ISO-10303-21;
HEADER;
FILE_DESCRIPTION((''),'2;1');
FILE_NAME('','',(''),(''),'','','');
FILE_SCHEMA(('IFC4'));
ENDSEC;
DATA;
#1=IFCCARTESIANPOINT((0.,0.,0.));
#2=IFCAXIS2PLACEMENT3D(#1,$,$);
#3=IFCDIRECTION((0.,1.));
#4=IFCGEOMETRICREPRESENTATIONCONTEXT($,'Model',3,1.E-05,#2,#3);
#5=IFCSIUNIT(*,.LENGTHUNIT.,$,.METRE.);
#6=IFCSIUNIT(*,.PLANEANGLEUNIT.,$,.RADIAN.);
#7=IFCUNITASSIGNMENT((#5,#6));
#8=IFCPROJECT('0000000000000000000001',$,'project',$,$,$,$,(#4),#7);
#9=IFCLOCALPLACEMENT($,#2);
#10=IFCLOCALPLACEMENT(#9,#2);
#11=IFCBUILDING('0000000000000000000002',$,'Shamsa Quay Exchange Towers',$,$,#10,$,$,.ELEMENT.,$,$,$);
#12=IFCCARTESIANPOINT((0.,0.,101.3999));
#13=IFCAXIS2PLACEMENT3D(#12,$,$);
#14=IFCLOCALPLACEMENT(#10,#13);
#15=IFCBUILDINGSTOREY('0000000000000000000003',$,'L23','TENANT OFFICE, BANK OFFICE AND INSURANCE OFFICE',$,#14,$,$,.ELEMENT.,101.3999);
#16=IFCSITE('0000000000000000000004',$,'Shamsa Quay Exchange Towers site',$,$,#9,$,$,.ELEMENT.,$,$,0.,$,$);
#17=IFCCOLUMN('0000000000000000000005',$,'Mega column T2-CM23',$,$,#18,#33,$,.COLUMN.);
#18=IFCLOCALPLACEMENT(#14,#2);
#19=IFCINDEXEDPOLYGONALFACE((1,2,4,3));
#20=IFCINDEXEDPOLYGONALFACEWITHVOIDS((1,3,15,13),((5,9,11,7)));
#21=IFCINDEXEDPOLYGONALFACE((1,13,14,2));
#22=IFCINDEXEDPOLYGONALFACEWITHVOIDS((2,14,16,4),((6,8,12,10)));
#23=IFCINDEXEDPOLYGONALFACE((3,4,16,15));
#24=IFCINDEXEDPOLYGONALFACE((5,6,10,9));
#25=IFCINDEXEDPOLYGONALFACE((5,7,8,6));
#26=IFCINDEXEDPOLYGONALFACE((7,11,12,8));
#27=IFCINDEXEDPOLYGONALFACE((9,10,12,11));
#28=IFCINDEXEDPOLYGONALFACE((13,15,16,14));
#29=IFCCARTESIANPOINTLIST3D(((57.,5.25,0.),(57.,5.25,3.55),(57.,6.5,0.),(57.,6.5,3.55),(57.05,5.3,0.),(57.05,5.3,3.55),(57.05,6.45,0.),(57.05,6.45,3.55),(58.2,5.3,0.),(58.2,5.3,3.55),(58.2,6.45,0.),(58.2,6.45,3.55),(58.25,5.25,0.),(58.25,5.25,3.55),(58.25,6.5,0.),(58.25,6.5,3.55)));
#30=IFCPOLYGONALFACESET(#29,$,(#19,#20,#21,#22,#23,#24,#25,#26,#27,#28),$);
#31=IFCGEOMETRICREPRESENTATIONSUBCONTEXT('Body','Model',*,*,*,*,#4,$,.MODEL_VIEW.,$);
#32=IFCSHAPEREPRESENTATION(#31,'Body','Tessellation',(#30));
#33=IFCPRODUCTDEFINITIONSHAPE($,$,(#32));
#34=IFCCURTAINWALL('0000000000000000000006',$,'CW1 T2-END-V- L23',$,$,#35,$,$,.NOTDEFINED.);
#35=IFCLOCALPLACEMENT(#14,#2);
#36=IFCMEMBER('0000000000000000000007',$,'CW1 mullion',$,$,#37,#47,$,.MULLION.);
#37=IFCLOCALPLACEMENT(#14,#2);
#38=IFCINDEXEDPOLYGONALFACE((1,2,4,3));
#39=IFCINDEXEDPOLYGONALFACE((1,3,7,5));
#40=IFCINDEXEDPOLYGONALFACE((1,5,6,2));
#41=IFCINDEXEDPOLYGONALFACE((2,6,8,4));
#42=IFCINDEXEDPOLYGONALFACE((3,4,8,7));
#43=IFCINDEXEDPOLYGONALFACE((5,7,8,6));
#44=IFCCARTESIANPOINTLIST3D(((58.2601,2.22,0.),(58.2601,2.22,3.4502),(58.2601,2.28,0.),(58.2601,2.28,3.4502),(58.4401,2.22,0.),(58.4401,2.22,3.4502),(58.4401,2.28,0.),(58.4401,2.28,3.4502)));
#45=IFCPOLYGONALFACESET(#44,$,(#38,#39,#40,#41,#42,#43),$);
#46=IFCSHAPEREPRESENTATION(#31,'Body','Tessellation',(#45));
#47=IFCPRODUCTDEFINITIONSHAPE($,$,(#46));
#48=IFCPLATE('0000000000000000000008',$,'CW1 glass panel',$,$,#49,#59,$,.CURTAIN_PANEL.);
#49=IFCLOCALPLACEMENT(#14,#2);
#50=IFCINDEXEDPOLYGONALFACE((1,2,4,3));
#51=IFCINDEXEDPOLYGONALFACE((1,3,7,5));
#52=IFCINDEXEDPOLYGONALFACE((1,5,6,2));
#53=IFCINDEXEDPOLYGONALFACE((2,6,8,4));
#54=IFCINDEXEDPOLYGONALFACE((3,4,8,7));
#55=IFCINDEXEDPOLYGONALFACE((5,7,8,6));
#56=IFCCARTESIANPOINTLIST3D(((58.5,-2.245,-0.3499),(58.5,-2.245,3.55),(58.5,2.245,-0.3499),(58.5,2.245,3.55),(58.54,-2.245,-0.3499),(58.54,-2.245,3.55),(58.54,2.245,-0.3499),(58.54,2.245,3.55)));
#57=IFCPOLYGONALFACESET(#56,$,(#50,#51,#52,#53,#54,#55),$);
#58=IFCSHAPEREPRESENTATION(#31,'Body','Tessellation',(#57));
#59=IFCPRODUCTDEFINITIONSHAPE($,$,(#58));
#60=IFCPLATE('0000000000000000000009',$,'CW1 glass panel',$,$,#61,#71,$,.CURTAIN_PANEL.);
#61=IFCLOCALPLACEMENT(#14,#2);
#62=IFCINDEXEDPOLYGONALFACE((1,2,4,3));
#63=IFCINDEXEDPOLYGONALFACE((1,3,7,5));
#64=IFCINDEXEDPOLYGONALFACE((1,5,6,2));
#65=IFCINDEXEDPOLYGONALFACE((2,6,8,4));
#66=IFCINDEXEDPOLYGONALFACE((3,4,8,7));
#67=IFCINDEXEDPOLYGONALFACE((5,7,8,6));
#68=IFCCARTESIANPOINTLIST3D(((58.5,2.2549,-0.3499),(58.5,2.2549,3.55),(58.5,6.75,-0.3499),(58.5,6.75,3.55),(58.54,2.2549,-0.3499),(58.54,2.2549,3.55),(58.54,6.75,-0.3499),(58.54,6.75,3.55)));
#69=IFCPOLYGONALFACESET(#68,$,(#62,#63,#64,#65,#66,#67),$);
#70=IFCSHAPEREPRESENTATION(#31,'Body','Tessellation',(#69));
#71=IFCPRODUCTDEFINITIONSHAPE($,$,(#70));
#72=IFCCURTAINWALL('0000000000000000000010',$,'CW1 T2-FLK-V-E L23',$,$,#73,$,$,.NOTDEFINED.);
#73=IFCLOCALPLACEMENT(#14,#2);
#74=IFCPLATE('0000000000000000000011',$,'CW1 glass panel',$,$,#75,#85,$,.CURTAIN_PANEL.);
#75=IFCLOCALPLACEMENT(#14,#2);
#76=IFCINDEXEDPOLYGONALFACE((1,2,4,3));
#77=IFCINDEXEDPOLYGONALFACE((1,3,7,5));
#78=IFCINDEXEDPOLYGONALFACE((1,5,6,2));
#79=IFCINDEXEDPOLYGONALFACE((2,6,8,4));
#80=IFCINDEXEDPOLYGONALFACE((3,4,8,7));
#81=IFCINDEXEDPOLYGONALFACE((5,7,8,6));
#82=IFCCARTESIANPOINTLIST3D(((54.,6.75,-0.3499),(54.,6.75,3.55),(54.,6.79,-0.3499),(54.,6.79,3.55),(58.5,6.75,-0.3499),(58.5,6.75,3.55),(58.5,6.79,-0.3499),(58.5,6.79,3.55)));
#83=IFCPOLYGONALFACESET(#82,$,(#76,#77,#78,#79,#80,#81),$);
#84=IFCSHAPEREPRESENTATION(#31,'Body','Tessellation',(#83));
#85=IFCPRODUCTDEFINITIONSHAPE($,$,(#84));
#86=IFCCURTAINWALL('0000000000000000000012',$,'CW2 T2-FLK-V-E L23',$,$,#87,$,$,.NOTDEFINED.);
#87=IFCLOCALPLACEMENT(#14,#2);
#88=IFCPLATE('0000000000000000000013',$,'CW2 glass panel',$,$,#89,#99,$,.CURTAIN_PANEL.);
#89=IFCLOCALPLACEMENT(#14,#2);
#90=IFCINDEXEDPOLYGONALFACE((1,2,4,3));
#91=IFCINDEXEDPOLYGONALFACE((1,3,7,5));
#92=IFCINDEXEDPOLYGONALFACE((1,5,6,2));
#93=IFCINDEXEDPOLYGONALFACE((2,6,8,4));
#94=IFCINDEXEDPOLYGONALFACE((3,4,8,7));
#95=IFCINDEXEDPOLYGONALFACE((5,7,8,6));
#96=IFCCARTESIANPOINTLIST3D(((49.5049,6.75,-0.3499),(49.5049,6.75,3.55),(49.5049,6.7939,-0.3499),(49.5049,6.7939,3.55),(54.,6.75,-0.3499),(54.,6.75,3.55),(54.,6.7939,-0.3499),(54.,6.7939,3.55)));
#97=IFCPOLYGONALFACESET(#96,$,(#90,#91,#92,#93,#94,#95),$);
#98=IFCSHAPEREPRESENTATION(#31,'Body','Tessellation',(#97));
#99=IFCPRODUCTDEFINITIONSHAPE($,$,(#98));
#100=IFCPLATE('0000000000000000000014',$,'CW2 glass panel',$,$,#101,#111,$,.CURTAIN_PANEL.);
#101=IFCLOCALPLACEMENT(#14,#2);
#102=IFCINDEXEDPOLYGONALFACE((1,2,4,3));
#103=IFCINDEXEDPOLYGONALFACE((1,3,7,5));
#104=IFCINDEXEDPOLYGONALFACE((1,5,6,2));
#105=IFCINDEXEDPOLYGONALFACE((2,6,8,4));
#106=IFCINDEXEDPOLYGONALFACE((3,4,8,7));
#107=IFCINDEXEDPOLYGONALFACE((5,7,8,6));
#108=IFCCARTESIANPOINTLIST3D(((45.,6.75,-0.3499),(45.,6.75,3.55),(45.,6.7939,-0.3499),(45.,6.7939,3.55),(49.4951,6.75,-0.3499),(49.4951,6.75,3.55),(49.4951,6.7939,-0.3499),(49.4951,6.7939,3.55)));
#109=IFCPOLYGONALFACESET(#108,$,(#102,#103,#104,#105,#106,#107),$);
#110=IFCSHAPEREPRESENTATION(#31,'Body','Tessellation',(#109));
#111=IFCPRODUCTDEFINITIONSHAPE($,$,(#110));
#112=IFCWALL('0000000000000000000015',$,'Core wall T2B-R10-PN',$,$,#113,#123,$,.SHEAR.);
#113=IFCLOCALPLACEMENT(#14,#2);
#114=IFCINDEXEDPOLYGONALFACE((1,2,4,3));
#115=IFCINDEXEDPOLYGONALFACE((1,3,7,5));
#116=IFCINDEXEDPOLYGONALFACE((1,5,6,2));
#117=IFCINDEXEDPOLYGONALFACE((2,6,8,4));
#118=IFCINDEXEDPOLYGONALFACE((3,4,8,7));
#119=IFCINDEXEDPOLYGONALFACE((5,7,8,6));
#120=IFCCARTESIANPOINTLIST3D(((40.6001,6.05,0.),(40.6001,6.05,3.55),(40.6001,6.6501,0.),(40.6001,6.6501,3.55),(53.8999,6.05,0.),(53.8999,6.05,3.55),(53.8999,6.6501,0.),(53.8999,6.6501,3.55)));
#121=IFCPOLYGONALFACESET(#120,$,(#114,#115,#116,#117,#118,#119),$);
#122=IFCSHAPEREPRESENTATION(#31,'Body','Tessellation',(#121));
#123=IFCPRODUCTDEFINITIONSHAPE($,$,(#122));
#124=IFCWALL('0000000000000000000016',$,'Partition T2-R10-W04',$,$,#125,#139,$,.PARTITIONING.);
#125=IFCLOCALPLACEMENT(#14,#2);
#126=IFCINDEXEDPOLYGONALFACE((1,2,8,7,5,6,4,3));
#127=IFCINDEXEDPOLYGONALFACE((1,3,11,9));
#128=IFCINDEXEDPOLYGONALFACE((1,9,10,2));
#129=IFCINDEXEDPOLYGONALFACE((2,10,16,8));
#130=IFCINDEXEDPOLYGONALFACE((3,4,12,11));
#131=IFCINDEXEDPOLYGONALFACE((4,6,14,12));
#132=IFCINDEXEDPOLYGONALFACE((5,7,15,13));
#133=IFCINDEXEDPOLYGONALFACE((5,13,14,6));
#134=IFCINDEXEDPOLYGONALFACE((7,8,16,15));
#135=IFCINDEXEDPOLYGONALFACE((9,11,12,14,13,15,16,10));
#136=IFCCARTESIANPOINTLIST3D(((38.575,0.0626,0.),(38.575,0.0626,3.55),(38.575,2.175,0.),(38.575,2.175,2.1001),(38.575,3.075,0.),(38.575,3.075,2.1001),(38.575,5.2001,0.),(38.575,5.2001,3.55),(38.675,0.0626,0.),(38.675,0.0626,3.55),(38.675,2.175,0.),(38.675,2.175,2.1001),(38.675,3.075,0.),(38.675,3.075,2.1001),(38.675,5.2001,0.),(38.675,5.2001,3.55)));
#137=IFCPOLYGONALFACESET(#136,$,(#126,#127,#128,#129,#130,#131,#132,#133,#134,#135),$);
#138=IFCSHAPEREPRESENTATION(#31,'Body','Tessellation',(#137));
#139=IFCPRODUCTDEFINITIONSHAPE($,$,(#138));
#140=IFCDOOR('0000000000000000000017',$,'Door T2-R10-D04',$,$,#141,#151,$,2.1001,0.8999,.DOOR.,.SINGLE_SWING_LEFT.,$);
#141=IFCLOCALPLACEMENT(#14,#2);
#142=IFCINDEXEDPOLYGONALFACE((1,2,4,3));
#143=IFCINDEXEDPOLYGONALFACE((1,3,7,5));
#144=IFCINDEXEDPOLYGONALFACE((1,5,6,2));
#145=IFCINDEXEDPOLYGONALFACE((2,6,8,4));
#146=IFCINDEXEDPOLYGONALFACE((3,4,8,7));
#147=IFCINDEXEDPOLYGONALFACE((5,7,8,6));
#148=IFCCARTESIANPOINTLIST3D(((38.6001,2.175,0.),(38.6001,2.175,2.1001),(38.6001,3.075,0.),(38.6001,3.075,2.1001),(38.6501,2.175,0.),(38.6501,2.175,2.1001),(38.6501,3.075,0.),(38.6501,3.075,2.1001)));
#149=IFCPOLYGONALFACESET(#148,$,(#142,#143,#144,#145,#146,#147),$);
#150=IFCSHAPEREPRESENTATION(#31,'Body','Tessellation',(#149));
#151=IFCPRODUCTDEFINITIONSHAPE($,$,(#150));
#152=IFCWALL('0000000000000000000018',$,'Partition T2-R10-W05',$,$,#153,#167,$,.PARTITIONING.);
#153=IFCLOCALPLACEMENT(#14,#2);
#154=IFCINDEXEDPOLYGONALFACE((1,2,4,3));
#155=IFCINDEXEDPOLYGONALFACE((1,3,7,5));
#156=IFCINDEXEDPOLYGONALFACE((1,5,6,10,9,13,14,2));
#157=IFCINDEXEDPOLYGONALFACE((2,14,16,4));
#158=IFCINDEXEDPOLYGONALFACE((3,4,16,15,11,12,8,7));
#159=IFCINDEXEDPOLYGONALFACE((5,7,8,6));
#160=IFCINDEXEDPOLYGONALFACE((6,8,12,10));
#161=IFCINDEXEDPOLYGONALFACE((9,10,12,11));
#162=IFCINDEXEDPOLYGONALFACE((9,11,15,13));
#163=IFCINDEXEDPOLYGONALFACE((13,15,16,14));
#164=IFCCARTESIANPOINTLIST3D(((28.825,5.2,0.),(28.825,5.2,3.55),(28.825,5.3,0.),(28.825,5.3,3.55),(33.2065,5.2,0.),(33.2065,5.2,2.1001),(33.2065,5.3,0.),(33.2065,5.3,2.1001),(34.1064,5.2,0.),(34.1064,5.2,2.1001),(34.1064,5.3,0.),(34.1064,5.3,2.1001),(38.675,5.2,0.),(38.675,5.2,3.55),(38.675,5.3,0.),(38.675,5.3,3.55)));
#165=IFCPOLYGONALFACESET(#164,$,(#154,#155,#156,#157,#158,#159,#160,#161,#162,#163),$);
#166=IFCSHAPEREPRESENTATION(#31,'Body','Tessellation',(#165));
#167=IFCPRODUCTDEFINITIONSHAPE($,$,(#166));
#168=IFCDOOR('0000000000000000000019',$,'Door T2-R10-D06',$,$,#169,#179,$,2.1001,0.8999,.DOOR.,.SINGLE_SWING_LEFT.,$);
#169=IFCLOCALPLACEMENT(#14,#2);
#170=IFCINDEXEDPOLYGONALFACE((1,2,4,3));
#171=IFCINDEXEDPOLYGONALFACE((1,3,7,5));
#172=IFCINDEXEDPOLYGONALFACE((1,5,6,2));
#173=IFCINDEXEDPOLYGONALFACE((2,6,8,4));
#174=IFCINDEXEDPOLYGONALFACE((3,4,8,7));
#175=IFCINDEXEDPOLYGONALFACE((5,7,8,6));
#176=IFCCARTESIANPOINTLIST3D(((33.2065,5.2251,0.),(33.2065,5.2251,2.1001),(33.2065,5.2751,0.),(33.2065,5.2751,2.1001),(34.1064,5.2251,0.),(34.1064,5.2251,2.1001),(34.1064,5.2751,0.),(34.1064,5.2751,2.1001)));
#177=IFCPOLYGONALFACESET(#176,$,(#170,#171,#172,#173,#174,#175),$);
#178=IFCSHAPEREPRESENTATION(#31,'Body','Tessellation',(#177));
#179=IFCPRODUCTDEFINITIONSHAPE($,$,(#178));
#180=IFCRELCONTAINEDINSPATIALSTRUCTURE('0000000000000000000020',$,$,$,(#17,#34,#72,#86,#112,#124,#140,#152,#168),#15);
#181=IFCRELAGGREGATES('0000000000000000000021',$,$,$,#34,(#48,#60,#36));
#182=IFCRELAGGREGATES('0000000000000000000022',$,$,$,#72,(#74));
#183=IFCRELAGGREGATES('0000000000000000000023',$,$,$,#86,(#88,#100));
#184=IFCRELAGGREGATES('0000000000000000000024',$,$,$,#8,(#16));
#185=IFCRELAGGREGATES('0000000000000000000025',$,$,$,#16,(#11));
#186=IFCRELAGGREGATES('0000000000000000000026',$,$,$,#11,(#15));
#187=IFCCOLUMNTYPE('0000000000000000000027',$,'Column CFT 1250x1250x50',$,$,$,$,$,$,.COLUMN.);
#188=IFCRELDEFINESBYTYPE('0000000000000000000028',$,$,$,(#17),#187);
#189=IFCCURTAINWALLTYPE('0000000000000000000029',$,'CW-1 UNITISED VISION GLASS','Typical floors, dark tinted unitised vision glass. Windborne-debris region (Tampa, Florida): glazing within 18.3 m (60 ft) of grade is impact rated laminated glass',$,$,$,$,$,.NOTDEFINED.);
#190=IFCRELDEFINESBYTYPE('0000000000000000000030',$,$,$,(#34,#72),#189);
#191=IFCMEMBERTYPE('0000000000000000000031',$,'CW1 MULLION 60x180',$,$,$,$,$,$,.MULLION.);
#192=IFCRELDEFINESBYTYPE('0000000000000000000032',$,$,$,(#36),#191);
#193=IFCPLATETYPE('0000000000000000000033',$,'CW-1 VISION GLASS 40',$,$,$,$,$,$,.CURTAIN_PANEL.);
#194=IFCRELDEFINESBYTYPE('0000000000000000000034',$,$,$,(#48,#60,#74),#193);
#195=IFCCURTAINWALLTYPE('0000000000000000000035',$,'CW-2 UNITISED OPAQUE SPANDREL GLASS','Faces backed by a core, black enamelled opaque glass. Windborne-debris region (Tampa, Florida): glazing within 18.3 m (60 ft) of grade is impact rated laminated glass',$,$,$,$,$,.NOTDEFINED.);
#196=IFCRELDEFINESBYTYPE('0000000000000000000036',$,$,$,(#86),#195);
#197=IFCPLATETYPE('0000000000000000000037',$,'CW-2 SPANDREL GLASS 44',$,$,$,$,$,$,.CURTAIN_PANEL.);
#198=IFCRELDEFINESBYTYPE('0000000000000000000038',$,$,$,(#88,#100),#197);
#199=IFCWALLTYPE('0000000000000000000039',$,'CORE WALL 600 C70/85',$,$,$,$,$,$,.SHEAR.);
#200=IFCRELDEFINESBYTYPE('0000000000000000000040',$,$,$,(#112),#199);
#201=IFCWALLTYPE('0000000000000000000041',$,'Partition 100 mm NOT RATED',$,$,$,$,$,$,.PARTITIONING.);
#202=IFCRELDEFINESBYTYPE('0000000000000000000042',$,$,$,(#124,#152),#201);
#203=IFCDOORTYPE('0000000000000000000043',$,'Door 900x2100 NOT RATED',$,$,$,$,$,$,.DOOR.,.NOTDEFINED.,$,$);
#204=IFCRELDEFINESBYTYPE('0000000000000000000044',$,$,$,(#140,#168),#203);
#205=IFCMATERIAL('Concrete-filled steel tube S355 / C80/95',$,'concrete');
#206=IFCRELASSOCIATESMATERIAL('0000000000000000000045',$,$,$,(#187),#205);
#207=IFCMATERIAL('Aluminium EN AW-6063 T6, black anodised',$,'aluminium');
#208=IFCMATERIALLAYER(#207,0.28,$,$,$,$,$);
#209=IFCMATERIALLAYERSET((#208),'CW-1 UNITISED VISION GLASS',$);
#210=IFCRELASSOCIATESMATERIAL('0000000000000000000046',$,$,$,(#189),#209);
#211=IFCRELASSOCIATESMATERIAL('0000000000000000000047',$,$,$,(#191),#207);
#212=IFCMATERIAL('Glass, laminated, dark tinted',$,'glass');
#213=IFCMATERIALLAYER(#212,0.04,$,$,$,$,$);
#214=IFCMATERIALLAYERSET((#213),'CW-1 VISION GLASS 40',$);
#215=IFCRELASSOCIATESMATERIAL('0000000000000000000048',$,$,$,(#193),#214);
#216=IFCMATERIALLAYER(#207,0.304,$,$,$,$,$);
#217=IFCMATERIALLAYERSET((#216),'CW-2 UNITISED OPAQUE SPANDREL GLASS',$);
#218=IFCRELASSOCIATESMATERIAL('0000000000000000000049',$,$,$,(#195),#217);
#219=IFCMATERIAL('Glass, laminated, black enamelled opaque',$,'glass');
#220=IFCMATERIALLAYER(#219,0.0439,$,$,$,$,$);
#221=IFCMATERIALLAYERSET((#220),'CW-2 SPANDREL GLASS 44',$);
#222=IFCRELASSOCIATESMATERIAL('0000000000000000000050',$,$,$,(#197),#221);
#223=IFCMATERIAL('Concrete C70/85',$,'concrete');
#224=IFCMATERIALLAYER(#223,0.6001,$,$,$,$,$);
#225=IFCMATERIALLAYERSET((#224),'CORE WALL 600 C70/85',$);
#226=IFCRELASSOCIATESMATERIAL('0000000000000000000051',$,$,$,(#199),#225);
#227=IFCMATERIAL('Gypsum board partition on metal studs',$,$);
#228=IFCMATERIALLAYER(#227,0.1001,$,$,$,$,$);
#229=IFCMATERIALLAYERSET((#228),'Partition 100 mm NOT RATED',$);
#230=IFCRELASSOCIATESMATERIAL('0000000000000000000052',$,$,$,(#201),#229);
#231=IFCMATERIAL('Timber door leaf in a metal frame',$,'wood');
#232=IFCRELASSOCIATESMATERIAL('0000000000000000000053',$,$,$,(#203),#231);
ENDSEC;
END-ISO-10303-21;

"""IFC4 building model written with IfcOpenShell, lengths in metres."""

from ifc_helpers import new_model, si_unit, direction, frame, frame_2d, origin, origin_2d, place, context, subcontext, project, spatial, rectangle, hollow_rectangle, extrude, material, layer, layer_set, material_profile, profile_set, type_object, element, fill, aggregate, save


model = new_model("IFC4")

# Units and contexts
model_context = context("Model", 3, precision=1e-05, world=origin(), true_north=direction((0.0, 1.0)))
body_context = subcontext(model_context, "Body", "Model", "MODEL_VIEW")
ifc_project = project(units=[si_unit("LENGTHUNIT", "METRE"), si_unit("PLANEANGLEUNIT", "RADIAN")], contexts=[model_context])

# Site, building, storey
site_placement = place(None, origin())
site = spatial("IfcSite", under=ifc_project, at=site_placement, Name="Shamsa Quay Exchange Towers site", CompositionType="ELEMENT", RefElevation=0.0)
building_placement = place(site_placement, origin())
building = spatial("IfcBuilding", under=site, at=building_placement, Name="Shamsa Quay Exchange Towers", CompositionType="ELEMENT")
storey_placement = place(building_placement, frame((0.0, 0.0, 101.3999)))
storey = spatial("IfcBuildingStorey", under=building, at=storey_placement, Name="L23", Description="TENANT OFFICE, BANK OFFICE AND INSURANCE OFFICE", CompositionType="ELEMENT", Elevation=101.3999)

# Column
ifc_material_1 = material(Name="Concrete-filled steel tube S355 / C80/95", Category="concrete")
ifc_material_profile_1 = material_profile(ifc_material_1, hollow_rectangle(XDim=1.25, YDim=1.25, WallThickness=0.05, at=origin_2d()), Name="CFT 1250x1250x50")
ifc_profile_set_1 = profile_set([ifc_material_profile_1], Name="Concrete-filled steel tube S355 / C80/95")
column_type = type_object("IfcColumnType", Name="Column CFT 1250x1250x50", PredefinedType="COLUMN", material=ifc_profile_set_1)
column_placement = place(storey_placement, frame((57.625, 5.875, 0.0)))
element("IfcColumn", 1, at=column_placement, inside=storey, type_object=column_type, Name="Mega column T2-CM23", PredefinedType="COLUMN", context=body_context, shape_type="SweptSolid", body=[
    extrude(hollow_rectangle(XDim=1.25, YDim=1.25, WallThickness=0.05, at=origin_2d()), origin(), (0.0, 0.0, 1.0), 3.55),
])

# Curtain wall, member, plates
ifc_material_2 = material(Name="Aluminium EN AW-6063 T6, black anodised", Category="aluminium")
ifc_layer_1 = layer(ifc_material_2, 0.28)
ifc_layer_set_1 = layer_set([ifc_layer_1], Name="CW-1 UNITISED VISION GLASS")
curtain_wall_type_1 = type_object("IfcCurtainWallType", Name="CW-1 UNITISED VISION GLASS", Description="Typical floors, dark tinted unitised vision glass. Windborne-debris region (Tampa, Florida): glazing within 18.3 m (60 ft) of grade is impact rated laminated glass", PredefinedType="NOTDEFINED", material=ifc_layer_set_1)
curtain_wall_1_placement = place(storey_placement, origin())
curtain_wall_1 = element("IfcCurtainWall", 2, at=curtain_wall_1_placement, inside=storey, type_object=curtain_wall_type_1, Name="CW1 T2-END-V- L23", PredefinedType="NOTDEFINED")
ifc_material_profile_2 = material_profile(ifc_material_2, rectangle(XDim=0.1799, YDim=0.0601, at=origin_2d()), Name="MU60x180")
ifc_profile_set_2 = profile_set([ifc_material_profile_2], Name="Aluminium EN AW-6063 T6, black anodised")
member_type = type_object("IfcMemberType", Name="CW1 MULLION 60x180", PredefinedType="MULLION", material=ifc_profile_set_2)
member_placement = place(storey_placement, frame((58.3501, 2.25, 0.0), z_axis=(0.0, 0.0, 1.0), x_axis=(-1.0, 0.0, 0.0)))
member = element("IfcMember", 3, at=member_placement, type_object=member_type, Name="CW1 mullion", PredefinedType="MULLION", context=body_context, shape_type="SweptSolid", body=[
    extrude(rectangle(XDim=0.1799, YDim=0.0601, at=origin_2d()), origin(), (0.0, 0.0, 1.0), 3.4502),
])
ifc_material_3 = material(Name="Glass, laminated, dark tinted", Category="glass")
ifc_layer_2 = layer(ifc_material_3, 0.04)
ifc_layer_set_2 = layer_set([ifc_layer_2], Name="CW-1 VISION GLASS 40")
plate_type_1 = type_object("IfcPlateType", Name="CW-1 VISION GLASS 40", PredefinedType="CURTAIN_PANEL", material=ifc_layer_set_2)
plate_1_placement = place(storey_placement, frame((58.52, 0.0, -0.3499), z_axis=(0.0, 0.0, 1.0), x_axis=(0.0, 1.0, 0.0)))
plate_1 = element("IfcPlate", 4, at=plate_1_placement, type_object=plate_type_1, Name="CW1 glass panel", PredefinedType="CURTAIN_PANEL", context=body_context, shape_type="SweptSolid", body=[
    extrude(rectangle(XDim=4.49, YDim=0.04, at=origin_2d()), origin(), (0.0, 0.0, 1.0), 3.8999),
])
plate_2_placement = place(storey_placement, frame((58.52, 4.5024, -0.3499), z_axis=(0.0, 0.0, 1.0), x_axis=(0.0, 1.0, 0.0)))
plate_2 = element("IfcPlate", 5, at=plate_2_placement, type_object=plate_type_1, Name="CW1 glass panel", PredefinedType="CURTAIN_PANEL", context=body_context, shape_type="SweptSolid", body=[
    extrude(rectangle(XDim=4.4951, YDim=0.04, at=origin_2d()), origin(), (0.0, 0.0, 1.0), 3.8999),
])
aggregate(curtain_wall_1, [plate_1, plate_2, member])

# Curtain wall, plate
curtain_wall_2_placement = place(storey_placement, origin())
curtain_wall_2 = element("IfcCurtainWall", 6, at=curtain_wall_2_placement, inside=storey, type_object=curtain_wall_type_1, Name="CW1 T2-FLK-V-E L23", PredefinedType="NOTDEFINED")
plate_3_placement = place(storey_placement, frame((56.25, 6.77, -0.3499), z_axis=(0.0, 0.0, 1.0), x_axis=(-1.0, 0.0, 0.0)))
plate_3 = element("IfcPlate", 7, at=plate_3_placement, type_object=plate_type_1, Name="CW1 glass panel", PredefinedType="CURTAIN_PANEL", context=body_context, shape_type="SweptSolid", body=[
    extrude(rectangle(XDim=4.5, YDim=0.04, at=origin_2d()), origin(), (0.0, 0.0, 1.0), 3.8999),
])
aggregate(curtain_wall_2, [plate_3])

# Curtain wall, plates
ifc_layer_3 = layer(ifc_material_2, 0.304)
ifc_layer_set_3 = layer_set([ifc_layer_3], Name="CW-2 UNITISED OPAQUE SPANDREL GLASS")
curtain_wall_type_2 = type_object("IfcCurtainWallType", Name="CW-2 UNITISED OPAQUE SPANDREL GLASS", Description="Faces backed by a core, black enamelled opaque glass. Windborne-debris region (Tampa, Florida): glazing within 18.3 m (60 ft) of grade is impact rated laminated glass", PredefinedType="NOTDEFINED", material=ifc_layer_set_3)
curtain_wall_3_placement = place(storey_placement, origin())
curtain_wall_3 = element("IfcCurtainWall", 8, at=curtain_wall_3_placement, inside=storey, type_object=curtain_wall_type_2, Name="CW2 T2-FLK-V-E L23", PredefinedType="NOTDEFINED")
ifc_material_4 = material(Name="Glass, laminated, black enamelled opaque", Category="glass")
ifc_layer_4 = layer(ifc_material_4, 0.0439)
ifc_layer_set_4 = layer_set([ifc_layer_4], Name="CW-2 SPANDREL GLASS 44")
plate_type_2 = type_object("IfcPlateType", Name="CW-2 SPANDREL GLASS 44", PredefinedType="CURTAIN_PANEL", material=ifc_layer_set_4)
plate_4_placement = place(storey_placement, frame((51.7524, 6.772, -0.3499), z_axis=(0.0, 0.0, 1.0), x_axis=(-1.0, 0.0, 0.0)))
plate_4 = element("IfcPlate", 9, at=plate_4_placement, type_object=plate_type_2, Name="CW2 glass panel", PredefinedType="CURTAIN_PANEL", context=body_context, shape_type="SweptSolid", body=[
    extrude(rectangle(XDim=4.4951, YDim=0.0439, at=origin_2d()), origin(), (0.0, 0.0, 1.0), 3.8999),
])
plate_5_placement = place(storey_placement, frame((47.2476, 6.772, -0.3499), z_axis=(0.0, 0.0, 1.0), x_axis=(-1.0, 0.0, 0.0)))
plate_5 = element("IfcPlate", 10, at=plate_5_placement, type_object=plate_type_2, Name="CW2 glass panel", PredefinedType="CURTAIN_PANEL", context=body_context, shape_type="SweptSolid", body=[
    extrude(rectangle(XDim=4.4951, YDim=0.0439, at=origin_2d()), origin(), (0.0, 0.0, 1.0), 3.8999),
])
aggregate(curtain_wall_3, [plate_4, plate_5])

# Wall
ifc_material_5 = material(Name="Concrete C70/85", Category="concrete")
ifc_layer_5 = layer(ifc_material_5, 0.6001)
ifc_layer_set_5 = layer_set([ifc_layer_5], Name="CORE WALL 600 C70/85")
wall_type_1 = type_object("IfcWallType", Name="CORE WALL 600 C70/85", PredefinedType="SHEAR", material=ifc_layer_set_5)
wall_1_placement = place(storey_placement, frame((53.8999, 6.3501, 0.0), z_axis=(0.0, 0.0, 1.0), x_axis=(-1.0, 0.0, 0.0)))
element("IfcWall", 11, at=wall_1_placement, inside=storey, type_object=wall_type_1, Name="Core wall T2B-R10-PN", PredefinedType="SHEAR", context=body_context, shape_type="SweptSolid", body=[
    extrude(rectangle(XDim=13.2998, YDim=0.6001, at=frame_2d((6.6499, 0.0))), origin(), (0.0, 0.0, 1.0), 3.55),
])

# Walls, openings, doors
ifc_material_6 = material(Name="Gypsum board partition on metal studs")
ifc_layer_6 = layer(ifc_material_6, 0.1001)
ifc_layer_set_6 = layer_set([ifc_layer_6], Name="Partition 100 mm NOT RATED")
wall_type_2 = type_object("IfcWallType", Name="Partition 100 mm NOT RATED", PredefinedType="PARTITIONING", material=ifc_layer_set_6)
wall_2_placement = place(storey_placement, frame((38.625, 0.0625, 0.0), z_axis=(0.0, 0.0, 1.0), x_axis=(0.0, 1.0, 0.0)))
wall_2 = element("IfcWall", 12, at=wall_2_placement, inside=storey, type_object=wall_type_2, Name="Partition T2-R10-W04", PredefinedType="PARTITIONING", context=body_context, shape_type="SweptSolid", body=[
    extrude(rectangle(XDim=5.1375, YDim=0.1001, at=frame_2d((2.5688, 0.0))), origin(), (0.0, 0.0, 1.0), 3.55),
])
opening_1_placement = place(wall_2_placement, frame((2.1125, 0.0, 0.0)))
opening_1 = element("IfcOpeningElement", 13, at=opening_1_placement, cuts=wall_2, PredefinedType="OPENING", context=body_context, shape_type="SweptSolid", body=[
    extrude(rectangle(XDim=0.8999, YDim=2.1001, at=frame_2d((0.45, 1.05))), frame((0.0, 0.0601, 0.0), z_axis=(0.0, -1.0, 0.0), x_axis=(1.0, 0.0, 0.0)), (0.0, 0.0, 1.0), 0.1201),
])
ifc_material_7 = material(Name="Timber door leaf in a metal frame", Category="wood")
door_type_1 = type_object("IfcDoorType", Name="Door 900x2100 NOT RATED", OperationType="NOTDEFINED", PredefinedType="DOOR", material=ifc_material_7)
door_1_placement = place(opening_1_placement, origin())
door_1 = element("IfcDoor", 14, at=door_1_placement, inside=storey, type_object=door_type_1, Name="Door T2-R10-D04", OperationType="SINGLE_SWING_LEFT", OverallHeight=2.1001, OverallWidth=0.8999, PredefinedType="DOOR", context=body_context, shape_type="SweptSolid", body=[
    extrude(rectangle(XDim=0.8999, YDim=2.1001, at=frame_2d((0.45, 1.05))), frame((0.0, 0.0249, 0.0), z_axis=(0.0, -1.0, 0.0), x_axis=(1.0, 0.0, 0.0)), (0.0, 0.0, 1.0), 0.05),
])
fill(opening_1, door_1)
wall_3_placement = place(storey_placement, frame((38.675, 5.25, 0.0), z_axis=(0.0, 0.0, 1.0), x_axis=(-1.0, 0.0, 0.0)))
wall_3 = element("IfcWall", 15, at=wall_3_placement, inside=storey, type_object=wall_type_2, Name="Partition T2-R10-W05", PredefinedType="PARTITIONING", context=body_context, shape_type="SweptSolid", body=[
    extrude(rectangle(XDim=9.8501, YDim=0.1001, at=frame_2d((4.925, 0.0))), origin(), (0.0, 0.0, 1.0), 3.55),
])
opening_2_placement = place(wall_3_placement, frame((4.5686, 0.0, 0.0)))
opening_2 = element("IfcOpeningElement", 16, at=opening_2_placement, cuts=wall_3, PredefinedType="OPENING", context=body_context, shape_type="SweptSolid", body=[
    extrude(rectangle(XDim=0.8999, YDim=2.1001, at=frame_2d((0.45, 1.05))), frame((0.0, 0.0601, 0.0), z_axis=(0.0, -1.0, 0.0), x_axis=(1.0, 0.0, 0.0)), (0.0, 0.0, 1.0), 0.1201),
])
door_2_placement = place(opening_2_placement, origin())
door_2 = element("IfcDoor", 17, at=door_2_placement, inside=storey, type_object=door_type_1, Name="Door T2-R10-D06", OperationType="SINGLE_SWING_LEFT", OverallHeight=2.1001, OverallWidth=0.8999, PredefinedType="DOOR", context=body_context, shape_type="SweptSolid", body=[
    extrude(rectangle(XDim=0.8999, YDim=2.1001, at=frame_2d((0.45, 1.05))), frame((0.0, 0.0249, 0.0), z_axis=(0.0, -1.0, 0.0), x_axis=(1.0, 0.0, 0.0)), (0.0, 0.0, 1.0), 0.05),
])
fill(opening_2, door_2)

save(model, "model.ifc")
